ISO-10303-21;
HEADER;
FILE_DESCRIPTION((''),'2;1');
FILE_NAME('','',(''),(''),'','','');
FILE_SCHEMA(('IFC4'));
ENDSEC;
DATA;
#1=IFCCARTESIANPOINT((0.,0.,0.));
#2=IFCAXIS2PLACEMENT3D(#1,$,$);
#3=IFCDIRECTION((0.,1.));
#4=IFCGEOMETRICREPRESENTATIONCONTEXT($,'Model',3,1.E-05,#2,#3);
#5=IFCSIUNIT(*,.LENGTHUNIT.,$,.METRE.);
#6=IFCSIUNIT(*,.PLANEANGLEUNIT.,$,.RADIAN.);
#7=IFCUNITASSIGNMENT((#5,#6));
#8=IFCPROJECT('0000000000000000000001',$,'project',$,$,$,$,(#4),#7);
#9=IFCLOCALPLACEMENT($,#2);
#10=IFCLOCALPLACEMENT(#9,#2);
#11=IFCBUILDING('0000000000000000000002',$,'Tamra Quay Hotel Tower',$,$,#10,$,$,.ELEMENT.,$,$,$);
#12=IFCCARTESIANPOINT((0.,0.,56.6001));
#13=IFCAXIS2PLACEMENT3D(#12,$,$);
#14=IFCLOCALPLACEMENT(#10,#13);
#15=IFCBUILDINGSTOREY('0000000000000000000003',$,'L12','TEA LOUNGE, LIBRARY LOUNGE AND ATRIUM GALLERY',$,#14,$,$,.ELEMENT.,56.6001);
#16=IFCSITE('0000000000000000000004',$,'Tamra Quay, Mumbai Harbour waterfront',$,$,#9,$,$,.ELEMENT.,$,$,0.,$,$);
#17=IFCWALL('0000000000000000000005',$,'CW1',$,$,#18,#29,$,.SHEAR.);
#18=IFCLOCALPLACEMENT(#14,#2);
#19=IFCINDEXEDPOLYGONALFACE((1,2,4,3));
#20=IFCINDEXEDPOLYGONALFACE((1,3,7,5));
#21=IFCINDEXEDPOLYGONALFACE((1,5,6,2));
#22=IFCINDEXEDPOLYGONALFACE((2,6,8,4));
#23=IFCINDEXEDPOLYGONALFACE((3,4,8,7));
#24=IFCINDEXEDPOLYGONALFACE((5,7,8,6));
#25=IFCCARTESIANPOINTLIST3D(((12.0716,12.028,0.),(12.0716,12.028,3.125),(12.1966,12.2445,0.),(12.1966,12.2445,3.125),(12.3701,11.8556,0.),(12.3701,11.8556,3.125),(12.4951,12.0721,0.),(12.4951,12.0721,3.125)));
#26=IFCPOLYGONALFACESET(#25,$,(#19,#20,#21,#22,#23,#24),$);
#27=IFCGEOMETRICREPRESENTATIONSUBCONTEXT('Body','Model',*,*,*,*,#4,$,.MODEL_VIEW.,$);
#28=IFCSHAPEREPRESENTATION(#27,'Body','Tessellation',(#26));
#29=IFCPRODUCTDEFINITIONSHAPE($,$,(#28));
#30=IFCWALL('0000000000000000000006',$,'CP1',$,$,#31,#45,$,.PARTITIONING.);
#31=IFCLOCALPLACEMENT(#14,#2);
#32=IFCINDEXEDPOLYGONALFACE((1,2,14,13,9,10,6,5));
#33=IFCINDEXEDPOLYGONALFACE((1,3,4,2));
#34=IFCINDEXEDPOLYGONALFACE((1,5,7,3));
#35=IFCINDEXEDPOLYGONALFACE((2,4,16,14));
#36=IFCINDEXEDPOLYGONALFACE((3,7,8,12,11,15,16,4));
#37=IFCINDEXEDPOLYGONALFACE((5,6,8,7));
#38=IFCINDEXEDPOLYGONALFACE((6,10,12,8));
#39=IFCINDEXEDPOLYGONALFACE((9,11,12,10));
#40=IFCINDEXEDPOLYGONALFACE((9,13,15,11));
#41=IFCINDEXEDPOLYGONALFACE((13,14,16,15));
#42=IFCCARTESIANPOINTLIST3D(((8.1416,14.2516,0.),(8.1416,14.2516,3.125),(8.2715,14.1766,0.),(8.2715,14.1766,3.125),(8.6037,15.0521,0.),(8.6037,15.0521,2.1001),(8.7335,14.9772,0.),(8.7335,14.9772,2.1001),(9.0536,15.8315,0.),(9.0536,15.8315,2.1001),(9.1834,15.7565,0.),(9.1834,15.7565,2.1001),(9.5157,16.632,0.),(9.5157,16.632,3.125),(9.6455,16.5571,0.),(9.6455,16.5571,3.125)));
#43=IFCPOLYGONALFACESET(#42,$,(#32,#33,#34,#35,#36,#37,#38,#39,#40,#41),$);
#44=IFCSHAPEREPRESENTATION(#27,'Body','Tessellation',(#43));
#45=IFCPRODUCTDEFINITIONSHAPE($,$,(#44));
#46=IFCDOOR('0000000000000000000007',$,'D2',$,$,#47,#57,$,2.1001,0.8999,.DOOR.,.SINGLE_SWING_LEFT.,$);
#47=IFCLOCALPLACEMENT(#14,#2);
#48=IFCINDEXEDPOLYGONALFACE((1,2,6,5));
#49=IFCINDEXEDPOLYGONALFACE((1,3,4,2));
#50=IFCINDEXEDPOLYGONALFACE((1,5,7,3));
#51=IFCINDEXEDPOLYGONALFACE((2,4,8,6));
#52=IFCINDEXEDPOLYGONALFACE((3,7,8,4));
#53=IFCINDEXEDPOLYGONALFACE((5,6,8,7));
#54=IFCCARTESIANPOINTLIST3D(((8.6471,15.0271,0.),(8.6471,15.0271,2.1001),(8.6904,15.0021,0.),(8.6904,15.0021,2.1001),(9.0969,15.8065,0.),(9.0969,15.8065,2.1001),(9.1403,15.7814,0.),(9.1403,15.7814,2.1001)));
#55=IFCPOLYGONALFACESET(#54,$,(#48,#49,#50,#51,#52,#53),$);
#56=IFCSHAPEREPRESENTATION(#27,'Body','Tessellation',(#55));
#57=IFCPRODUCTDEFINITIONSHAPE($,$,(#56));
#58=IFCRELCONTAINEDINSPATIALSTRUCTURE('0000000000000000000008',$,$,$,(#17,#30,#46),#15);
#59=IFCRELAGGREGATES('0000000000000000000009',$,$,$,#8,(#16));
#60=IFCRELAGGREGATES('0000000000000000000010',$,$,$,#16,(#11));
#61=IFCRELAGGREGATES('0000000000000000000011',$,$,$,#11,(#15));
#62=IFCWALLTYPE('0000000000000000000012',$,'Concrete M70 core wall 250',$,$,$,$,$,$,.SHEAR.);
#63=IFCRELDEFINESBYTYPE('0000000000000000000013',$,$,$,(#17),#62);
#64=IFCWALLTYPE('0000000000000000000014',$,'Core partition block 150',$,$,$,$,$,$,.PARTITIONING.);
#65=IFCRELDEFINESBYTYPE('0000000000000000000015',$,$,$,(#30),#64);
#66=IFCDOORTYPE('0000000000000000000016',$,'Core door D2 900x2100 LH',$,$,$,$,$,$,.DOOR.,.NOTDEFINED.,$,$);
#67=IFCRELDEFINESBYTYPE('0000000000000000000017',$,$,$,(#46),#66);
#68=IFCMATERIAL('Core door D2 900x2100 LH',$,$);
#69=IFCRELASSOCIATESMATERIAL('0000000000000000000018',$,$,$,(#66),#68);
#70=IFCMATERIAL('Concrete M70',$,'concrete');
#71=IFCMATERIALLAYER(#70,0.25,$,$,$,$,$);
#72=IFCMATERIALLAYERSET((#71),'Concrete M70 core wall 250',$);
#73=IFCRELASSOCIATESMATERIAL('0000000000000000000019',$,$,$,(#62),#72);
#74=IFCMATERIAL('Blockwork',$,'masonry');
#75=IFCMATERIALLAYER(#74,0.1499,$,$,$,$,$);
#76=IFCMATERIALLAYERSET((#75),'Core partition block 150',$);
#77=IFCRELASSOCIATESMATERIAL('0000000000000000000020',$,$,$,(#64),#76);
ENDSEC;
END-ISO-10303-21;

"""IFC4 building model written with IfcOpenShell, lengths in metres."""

from ifc_helpers import new_model, si_unit, direction, frame, frame_2d, origin, place, context, subcontext, project, spatial, rectangle, extrude, material, layer, layer_set, type_object, element, fill, save


model = new_model("IFC4")

# Units and contexts
model_context = context("Model", 3, precision=1e-05, world=origin(), true_north=direction((0.0, 1.0)))
body_context = subcontext(model_context, "Body", "Model", "MODEL_VIEW")
ifc_project = project(units=[si_unit("LENGTHUNIT", "METRE"), si_unit("PLANEANGLEUNIT", "RADIAN")], contexts=[model_context])

# Site, building, storey
site_placement = place(None, origin())
site = spatial("IfcSite", under=ifc_project, at=site_placement, Name="Tamra Quay, Mumbai Harbour waterfront", CompositionType="ELEMENT", RefElevation=0.0)
building_placement = place(site_placement, origin())
building = spatial("IfcBuilding", under=site, at=building_placement, Name="Tamra Quay Hotel Tower", CompositionType="ELEMENT")
storey_placement = place(building_placement, frame((0.0, 0.0, 56.6001)))
storey = spatial("IfcBuildingStorey", under=building, at=storey_placement, Name="L12", Description="TEA LOUNGE, LIBRARY LOUNGE AND ATRIUM GALLERY", CompositionType="ELEMENT", Elevation=56.6001)

# Shared definitions
ifc_material_1 = material(Name="Concrete M70", Category="concrete")

# Shared definitions
ifc_material_2 = material(Name="Core door D2 900x2100 LH")
door_type_1 = type_object("IfcDoorType", Name="Core door D2 900x2100 LH", OperationType="NOTDEFINED", PredefinedType="DOOR", material=ifc_material_2)

# Wall
ifc_layer_1 = layer(ifc_material_1, 0.25)
ifc_layer_set_1 = layer_set([ifc_layer_1], Name="Concrete M70 core wall 250")
wall_type_1 = type_object("IfcWallType", Name="Concrete M70 core wall 250", PredefinedType="SHEAR", material=ifc_layer_set_1)
wall_1_placement = place(storey_placement, frame((12.4326, 11.9639, 0.0), z_axis=(0.0, 0.0, 1.0), x_axis=(-0.866056, 0.499947, 0.0)))
element("IfcWall", 1, at=wall_1_placement, inside=storey, type_object=wall_type_1, Name="CW1", PredefinedType="SHEAR", context=body_context, shape_type="SweptSolid", body=[
    extrude(rectangle(XDim=0.3447, YDim=0.25, at=frame_2d((0.1724, 0.0))), origin(), (0.0, 0.0, 1.0), 3.125),
])

# Wall, opening, door
ifc_material_3 = material(Name="Blockwork", Category="masonry")
ifc_layer_2 = layer(ifc_material_3, 0.1499)
ifc_layer_set_2 = layer_set([ifc_layer_2], Name="Core partition block 150")
wall_type_2 = type_object("IfcWallType", Name="Core partition block 150", PredefinedType="PARTITIONING", material=ifc_layer_set_2)
wall_2_placement = place(storey_placement, frame((8.2065, 14.2141, 0.0), z_axis=(0.0, 0.0, 1.0), x_axis=(0.499922, 0.86607, 0.0)))
wall_2 = element("IfcWall", 2, at=wall_2_placement, inside=storey, type_object=wall_type_2, Name="CP1", PredefinedType="PARTITIONING", context=body_context, shape_type="SweptSolid", body=[
    extrude(rectangle(XDim=2.7485, YDim=0.1499, at=frame_2d((1.3743, 0.0))), origin(), (0.0, 0.0, 1.0), 3.125),
])
opening_1_placement = place(wall_2_placement, frame((0.9243, 0.0, 0.0)))
opening_1 = element("IfcOpeningElement", 3, at=opening_1_placement, cuts=wall_2, PredefinedType="OPENING", context=body_context, shape_type="SweptSolid", body=[
    extrude(rectangle(XDim=0.8999, YDim=2.1001, at=frame_2d((0.45, 1.05))), frame((0.0, 0.085, 0.0), z_axis=(0.0, -1.0, 0.0), x_axis=(1.0, 0.0, 0.0)), (0.0, 0.0, 1.0), 0.1699),
])
door_1_placement = place(opening_1_placement, origin())
door_1 = element("IfcDoor", 4, at=door_1_placement, inside=storey, type_object=door_type_1, Name="D2", OperationType="SINGLE_SWING_LEFT", OverallHeight=2.1001, OverallWidth=0.8999, PredefinedType="DOOR", context=body_context, shape_type="SweptSolid", body=[
    extrude(rectangle(XDim=0.8999, YDim=2.1001, at=frame_2d((0.45, 1.05))), frame((0.0, 0.0249, 0.0), z_axis=(0.0, -1.0, 0.0), x_axis=(1.0, 0.0, 0.0)), (0.0, 0.0, 1.0), 0.05),
])
fill(opening_1, door_1)

save(model, "model.ifc")
